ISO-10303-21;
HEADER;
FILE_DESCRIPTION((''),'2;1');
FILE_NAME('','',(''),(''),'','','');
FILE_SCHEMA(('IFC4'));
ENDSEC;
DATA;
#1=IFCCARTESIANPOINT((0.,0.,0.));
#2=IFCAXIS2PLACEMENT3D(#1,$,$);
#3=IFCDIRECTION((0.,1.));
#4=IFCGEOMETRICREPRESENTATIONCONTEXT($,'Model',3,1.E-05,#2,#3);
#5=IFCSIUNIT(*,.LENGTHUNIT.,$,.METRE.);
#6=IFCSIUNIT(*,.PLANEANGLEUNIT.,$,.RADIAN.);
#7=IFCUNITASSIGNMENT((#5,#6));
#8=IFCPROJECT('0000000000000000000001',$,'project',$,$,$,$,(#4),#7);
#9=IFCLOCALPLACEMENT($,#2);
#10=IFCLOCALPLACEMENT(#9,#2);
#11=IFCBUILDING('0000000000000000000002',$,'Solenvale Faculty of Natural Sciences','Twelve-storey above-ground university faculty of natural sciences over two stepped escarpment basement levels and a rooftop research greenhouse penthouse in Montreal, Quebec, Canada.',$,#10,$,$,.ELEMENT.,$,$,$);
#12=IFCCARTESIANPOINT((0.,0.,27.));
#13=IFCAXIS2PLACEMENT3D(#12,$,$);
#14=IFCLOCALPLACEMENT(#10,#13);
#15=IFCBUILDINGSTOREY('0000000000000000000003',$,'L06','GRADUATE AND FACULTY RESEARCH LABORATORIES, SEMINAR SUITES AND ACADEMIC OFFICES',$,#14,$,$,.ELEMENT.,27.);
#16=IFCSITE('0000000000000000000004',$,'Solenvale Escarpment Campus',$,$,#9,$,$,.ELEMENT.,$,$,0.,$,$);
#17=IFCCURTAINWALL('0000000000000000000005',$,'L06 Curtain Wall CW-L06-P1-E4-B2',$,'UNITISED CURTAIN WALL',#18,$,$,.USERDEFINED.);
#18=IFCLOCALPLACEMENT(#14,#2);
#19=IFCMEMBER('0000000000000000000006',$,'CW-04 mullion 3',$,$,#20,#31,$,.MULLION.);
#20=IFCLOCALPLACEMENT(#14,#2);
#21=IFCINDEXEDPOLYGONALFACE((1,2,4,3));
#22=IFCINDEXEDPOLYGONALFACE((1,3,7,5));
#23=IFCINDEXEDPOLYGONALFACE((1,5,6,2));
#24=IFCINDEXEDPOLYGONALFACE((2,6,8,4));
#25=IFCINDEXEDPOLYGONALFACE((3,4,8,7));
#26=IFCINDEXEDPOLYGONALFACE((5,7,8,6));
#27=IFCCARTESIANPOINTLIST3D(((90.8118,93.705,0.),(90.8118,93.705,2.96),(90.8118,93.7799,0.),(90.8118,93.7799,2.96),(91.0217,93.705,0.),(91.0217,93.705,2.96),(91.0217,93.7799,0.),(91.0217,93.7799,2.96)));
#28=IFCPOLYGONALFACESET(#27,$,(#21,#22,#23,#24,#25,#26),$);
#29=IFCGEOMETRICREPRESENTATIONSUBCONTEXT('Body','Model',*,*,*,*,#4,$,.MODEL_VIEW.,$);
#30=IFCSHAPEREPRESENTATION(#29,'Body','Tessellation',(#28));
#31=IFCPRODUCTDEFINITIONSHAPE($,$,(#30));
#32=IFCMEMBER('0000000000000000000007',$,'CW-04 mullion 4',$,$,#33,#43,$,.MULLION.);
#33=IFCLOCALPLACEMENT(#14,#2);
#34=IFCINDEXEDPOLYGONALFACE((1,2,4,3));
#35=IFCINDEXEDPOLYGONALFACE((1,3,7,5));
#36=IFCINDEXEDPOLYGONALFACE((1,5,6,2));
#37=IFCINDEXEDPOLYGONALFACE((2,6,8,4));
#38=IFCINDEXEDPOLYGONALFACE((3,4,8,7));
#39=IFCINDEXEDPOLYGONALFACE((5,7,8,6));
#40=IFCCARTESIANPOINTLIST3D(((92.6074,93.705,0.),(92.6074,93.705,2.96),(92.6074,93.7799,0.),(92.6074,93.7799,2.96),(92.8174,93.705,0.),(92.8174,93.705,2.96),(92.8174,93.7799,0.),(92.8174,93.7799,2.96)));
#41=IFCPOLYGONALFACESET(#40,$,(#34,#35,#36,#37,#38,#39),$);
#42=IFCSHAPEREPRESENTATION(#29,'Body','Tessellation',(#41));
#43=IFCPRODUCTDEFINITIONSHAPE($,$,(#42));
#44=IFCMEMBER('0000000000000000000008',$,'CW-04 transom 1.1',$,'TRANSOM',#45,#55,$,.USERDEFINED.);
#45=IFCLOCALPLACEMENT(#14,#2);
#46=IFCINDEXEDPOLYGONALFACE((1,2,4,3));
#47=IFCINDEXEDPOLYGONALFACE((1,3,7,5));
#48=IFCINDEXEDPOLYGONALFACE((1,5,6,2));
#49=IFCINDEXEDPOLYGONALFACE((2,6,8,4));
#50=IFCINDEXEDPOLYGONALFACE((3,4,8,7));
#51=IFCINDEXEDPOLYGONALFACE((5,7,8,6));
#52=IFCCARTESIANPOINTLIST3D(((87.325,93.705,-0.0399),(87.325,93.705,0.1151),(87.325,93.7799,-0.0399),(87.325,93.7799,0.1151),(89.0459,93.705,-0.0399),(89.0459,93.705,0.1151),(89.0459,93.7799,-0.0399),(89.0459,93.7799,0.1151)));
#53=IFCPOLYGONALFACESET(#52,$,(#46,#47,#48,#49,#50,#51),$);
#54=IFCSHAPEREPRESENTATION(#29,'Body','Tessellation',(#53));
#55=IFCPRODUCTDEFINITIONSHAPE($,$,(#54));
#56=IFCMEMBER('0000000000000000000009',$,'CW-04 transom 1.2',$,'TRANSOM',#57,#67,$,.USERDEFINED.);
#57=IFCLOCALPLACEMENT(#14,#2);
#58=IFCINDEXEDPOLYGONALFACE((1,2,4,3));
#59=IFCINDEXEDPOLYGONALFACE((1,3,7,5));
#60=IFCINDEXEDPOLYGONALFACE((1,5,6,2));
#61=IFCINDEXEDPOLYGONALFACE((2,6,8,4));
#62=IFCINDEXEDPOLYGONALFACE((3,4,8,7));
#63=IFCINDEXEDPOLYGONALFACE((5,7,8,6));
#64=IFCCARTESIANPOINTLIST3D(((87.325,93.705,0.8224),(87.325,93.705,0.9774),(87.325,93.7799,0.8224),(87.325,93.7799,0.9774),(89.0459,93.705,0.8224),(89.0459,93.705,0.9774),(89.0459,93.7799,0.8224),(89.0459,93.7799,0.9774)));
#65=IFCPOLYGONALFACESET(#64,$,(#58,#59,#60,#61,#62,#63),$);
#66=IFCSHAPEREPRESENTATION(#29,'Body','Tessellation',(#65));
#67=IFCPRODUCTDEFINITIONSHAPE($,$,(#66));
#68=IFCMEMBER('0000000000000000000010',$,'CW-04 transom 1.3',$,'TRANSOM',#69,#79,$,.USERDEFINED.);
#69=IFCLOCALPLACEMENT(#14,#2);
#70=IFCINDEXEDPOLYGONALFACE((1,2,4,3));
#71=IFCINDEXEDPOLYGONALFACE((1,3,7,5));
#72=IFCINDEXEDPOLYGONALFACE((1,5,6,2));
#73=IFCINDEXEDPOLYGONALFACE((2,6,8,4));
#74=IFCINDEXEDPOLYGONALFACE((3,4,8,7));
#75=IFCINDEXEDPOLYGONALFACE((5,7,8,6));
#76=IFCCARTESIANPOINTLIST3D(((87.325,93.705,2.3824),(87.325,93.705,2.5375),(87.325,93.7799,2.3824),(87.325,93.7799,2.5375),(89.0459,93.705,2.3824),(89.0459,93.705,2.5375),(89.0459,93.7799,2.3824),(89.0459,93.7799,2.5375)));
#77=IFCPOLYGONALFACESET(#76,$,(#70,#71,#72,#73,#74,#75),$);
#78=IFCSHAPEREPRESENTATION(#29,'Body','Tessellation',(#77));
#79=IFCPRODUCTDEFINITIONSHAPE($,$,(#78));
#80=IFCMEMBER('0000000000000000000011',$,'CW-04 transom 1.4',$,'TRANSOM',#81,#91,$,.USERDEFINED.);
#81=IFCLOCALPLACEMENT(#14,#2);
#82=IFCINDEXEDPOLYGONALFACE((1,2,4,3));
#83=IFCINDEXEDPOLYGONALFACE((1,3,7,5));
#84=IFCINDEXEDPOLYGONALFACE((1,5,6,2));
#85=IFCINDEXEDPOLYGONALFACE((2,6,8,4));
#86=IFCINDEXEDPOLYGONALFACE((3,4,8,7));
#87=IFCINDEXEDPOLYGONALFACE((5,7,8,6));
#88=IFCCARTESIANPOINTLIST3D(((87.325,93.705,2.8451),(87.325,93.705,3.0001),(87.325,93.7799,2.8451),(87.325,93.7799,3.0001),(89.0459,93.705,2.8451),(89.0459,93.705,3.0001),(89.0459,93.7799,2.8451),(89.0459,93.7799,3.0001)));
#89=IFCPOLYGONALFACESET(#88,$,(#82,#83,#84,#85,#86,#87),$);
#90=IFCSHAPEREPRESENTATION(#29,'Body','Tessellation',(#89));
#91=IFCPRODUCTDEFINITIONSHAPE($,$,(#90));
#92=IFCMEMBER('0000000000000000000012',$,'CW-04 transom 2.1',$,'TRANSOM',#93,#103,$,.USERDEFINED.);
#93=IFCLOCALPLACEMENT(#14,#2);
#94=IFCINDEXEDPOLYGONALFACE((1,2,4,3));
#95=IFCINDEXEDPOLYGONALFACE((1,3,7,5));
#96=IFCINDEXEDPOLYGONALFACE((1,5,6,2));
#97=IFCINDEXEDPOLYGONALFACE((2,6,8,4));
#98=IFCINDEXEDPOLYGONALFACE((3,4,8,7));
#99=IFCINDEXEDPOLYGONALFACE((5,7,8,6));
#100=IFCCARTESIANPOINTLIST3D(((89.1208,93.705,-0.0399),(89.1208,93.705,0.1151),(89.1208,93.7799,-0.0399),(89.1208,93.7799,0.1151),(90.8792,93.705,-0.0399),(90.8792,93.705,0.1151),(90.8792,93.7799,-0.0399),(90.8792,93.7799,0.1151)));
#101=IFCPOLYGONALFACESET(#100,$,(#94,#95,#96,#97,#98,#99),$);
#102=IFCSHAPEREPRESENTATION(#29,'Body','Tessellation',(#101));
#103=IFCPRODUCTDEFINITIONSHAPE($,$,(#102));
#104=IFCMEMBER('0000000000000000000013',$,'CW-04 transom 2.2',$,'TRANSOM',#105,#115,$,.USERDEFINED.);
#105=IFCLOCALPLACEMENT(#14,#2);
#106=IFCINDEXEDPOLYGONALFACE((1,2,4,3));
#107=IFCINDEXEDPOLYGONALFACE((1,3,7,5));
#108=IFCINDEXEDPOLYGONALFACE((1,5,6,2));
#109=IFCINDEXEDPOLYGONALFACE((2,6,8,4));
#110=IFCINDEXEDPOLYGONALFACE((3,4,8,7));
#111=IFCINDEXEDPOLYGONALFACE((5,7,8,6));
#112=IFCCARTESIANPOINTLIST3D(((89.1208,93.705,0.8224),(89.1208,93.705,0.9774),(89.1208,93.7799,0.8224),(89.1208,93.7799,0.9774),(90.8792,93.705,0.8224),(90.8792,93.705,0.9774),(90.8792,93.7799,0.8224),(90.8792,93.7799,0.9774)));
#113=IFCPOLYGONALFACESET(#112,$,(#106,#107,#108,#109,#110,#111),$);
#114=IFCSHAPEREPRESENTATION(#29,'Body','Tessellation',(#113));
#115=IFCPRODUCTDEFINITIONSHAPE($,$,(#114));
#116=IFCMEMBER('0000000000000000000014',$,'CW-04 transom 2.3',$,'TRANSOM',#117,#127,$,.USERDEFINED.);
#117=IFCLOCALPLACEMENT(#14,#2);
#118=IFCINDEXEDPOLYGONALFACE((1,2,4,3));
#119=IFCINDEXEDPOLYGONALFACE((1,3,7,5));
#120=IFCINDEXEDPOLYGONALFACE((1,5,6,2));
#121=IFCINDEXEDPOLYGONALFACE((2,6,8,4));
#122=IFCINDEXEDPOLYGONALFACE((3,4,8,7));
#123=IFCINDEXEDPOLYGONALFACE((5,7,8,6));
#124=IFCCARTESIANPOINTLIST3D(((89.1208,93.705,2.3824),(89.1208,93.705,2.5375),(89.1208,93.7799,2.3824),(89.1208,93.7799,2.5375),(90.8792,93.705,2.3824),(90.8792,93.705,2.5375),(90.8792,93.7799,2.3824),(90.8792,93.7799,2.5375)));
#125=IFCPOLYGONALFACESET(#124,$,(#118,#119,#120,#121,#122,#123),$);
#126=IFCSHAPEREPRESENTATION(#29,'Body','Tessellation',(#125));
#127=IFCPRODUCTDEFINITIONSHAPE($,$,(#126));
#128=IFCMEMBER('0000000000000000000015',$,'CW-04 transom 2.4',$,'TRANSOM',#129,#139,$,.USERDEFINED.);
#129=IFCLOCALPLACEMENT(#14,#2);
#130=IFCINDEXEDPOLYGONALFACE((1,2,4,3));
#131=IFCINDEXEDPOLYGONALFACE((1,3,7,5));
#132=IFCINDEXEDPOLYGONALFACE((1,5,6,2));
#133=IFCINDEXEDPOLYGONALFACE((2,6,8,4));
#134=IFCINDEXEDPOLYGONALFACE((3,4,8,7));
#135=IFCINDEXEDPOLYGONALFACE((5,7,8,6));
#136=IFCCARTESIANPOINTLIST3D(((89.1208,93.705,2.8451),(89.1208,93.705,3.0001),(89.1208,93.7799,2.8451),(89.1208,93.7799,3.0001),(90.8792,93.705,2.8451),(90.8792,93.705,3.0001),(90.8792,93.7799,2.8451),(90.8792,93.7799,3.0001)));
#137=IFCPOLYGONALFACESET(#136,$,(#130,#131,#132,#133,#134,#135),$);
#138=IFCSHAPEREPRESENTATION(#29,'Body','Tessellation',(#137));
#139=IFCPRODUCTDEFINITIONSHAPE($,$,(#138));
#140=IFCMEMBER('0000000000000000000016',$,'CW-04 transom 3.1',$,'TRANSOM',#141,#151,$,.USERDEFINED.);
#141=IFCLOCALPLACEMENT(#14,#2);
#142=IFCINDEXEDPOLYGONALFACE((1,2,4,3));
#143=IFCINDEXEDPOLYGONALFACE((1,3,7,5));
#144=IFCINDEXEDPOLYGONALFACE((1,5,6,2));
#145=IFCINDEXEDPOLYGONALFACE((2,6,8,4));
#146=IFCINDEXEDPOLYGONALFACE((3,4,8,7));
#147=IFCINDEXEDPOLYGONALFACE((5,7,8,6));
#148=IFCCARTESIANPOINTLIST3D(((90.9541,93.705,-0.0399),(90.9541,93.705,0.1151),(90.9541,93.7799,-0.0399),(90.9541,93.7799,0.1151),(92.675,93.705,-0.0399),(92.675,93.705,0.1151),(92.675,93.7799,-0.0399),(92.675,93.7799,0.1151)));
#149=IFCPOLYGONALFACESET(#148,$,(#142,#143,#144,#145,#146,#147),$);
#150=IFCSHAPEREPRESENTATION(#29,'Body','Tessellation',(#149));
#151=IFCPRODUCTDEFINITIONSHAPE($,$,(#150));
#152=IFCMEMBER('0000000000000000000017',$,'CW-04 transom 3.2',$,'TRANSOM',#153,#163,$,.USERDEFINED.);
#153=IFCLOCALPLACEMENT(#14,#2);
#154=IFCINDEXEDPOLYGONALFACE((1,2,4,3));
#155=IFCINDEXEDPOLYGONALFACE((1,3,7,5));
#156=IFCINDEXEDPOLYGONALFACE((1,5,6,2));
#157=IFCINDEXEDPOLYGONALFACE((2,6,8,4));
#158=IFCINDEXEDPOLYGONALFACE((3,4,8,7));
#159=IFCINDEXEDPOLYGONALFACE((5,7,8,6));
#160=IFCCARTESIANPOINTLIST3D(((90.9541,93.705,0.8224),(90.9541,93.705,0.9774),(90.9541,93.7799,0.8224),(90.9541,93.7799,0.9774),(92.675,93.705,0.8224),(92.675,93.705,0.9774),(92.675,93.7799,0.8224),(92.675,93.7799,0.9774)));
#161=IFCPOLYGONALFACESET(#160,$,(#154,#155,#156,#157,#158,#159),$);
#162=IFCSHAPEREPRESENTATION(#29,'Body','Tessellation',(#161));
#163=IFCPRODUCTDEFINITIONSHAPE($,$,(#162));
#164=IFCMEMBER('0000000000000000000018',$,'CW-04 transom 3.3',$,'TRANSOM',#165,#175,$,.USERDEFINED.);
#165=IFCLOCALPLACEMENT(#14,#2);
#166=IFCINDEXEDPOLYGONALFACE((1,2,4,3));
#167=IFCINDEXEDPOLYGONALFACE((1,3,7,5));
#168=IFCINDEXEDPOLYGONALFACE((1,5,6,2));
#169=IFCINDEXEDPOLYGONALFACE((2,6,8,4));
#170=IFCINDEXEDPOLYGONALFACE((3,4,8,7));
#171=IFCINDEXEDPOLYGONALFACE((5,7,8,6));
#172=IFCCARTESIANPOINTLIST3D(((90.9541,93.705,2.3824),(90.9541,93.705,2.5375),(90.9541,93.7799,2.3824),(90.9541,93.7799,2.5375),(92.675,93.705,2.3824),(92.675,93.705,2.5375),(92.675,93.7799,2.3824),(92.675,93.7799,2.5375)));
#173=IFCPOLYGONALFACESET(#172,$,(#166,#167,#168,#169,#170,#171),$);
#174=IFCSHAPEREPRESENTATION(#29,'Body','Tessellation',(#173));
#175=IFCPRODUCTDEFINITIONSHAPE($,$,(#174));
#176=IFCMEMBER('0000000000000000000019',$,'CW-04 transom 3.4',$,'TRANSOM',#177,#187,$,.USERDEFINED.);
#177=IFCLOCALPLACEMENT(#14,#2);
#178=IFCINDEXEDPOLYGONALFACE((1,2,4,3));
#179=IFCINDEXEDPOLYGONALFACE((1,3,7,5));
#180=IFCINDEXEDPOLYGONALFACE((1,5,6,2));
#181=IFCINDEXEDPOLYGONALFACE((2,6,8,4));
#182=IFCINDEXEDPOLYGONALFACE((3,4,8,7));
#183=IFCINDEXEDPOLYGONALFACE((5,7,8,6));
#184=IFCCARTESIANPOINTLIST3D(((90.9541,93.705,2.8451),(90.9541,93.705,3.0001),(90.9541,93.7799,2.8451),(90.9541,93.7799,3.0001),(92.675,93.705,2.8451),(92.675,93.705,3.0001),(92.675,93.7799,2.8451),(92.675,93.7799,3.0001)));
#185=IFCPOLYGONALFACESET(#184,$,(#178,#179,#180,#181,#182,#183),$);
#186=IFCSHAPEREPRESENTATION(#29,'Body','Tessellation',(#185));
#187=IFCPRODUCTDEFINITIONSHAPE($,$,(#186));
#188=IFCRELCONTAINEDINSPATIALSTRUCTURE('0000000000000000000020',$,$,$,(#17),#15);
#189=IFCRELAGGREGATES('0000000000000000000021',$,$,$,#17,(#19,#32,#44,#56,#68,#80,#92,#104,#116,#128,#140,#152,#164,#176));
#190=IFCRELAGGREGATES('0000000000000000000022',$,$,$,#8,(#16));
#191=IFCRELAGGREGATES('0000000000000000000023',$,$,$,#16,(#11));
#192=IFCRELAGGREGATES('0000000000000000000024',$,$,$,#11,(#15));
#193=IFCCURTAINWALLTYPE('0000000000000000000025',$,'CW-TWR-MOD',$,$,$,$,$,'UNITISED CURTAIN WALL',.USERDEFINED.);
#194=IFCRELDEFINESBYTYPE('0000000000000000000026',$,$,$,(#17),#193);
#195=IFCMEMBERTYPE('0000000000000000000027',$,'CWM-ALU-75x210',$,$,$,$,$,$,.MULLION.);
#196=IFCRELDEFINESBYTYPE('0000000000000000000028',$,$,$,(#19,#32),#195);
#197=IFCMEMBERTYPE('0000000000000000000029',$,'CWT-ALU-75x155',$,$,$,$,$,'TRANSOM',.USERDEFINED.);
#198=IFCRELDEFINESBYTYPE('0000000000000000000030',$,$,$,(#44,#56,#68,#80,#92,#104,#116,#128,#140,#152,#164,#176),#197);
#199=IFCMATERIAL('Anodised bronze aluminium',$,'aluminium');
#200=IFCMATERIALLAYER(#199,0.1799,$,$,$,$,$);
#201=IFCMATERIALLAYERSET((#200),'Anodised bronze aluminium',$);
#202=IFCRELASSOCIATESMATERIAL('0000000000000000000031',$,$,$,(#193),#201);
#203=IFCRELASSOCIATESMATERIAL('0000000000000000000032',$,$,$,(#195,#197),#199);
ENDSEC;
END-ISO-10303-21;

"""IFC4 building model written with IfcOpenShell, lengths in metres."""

from ifc_helpers import new_model, si_unit, direction, frame, origin, origin_2d, place, context, subcontext, project, spatial, rectangle, extrude, material, layer, layer_set, material_profile, profile_set, type_object, element, aggregate, save


model = new_model("IFC4")

# Units and contexts
model_context = context("Model", 3, precision=1e-05, world=origin(), true_north=direction((0.0, 1.0)))
body_context = subcontext(model_context, "Body", "Model", "MODEL_VIEW")
ifc_project = project(units=[si_unit("LENGTHUNIT", "METRE"), si_unit("PLANEANGLEUNIT", "RADIAN")], contexts=[model_context])

# Site, building, storey
site_placement = place(None, origin())
site = spatial("IfcSite", under=ifc_project, at=site_placement, Name="Solenvale Escarpment Campus", CompositionType="ELEMENT", RefElevation=0.0)
building_placement = place(site_placement, origin())
building = spatial("IfcBuilding", under=site, at=building_placement, Name="Solenvale Faculty of Natural Sciences", Description="Twelve-storey above-ground university faculty of natural sciences over two stepped escarpment basement levels and a rooftop research greenhouse penthouse in Montreal, Quebec, Canada.", CompositionType="ELEMENT")
storey_placement = place(building_placement, frame((0.0, 0.0, 27.0)))
storey = spatial("IfcBuildingStorey", under=building, at=storey_placement, Name="L06", Description="GRADUATE AND FACULTY RESEARCH LABORATORIES, SEMINAR SUITES AND ACADEMIC OFFICES", CompositionType="ELEMENT", Elevation=27.0)

# Shared definitions
ifc_material_1 = material(Name="Anodised bronze aluminium", Category="aluminium")
ifc_layer_1 = layer(ifc_material_1, 0.1799)
ifc_layer_set_1 = layer_set([ifc_layer_1], Name="Anodised bronze aluminium")
curtain_wall_type = type_object("IfcCurtainWallType", Name="CW-TWR-MOD", ElementType="UNITISED CURTAIN WALL", PredefinedType="USERDEFINED", material=ifc_layer_set_1)
ifc_material_profile_1 = material_profile(ifc_material_1, rectangle(XDim=0.075, YDim=0.21, at=origin_2d()), Name="ALU-MUL-75x210")
ifc_profile_set_1 = profile_set([ifc_material_profile_1], Name="Anodised bronze aluminium")
member_type_1 = type_object("IfcMemberType", Name="CWM-ALU-75x210", PredefinedType="MULLION", material=ifc_profile_set_1)

# Curtain wall, members
curtain_wall_1_placement = place(storey_placement, origin())
curtain_wall_1 = element("IfcCurtainWall", 1, at=curtain_wall_1_placement, inside=storey, type_object=curtain_wall_type, Name="L06 Curtain Wall CW-L06-P1-E4-B2", ObjectType="UNITISED CURTAIN WALL", PredefinedType="USERDEFINED")
member_1_placement = place(storey_placement, frame((90.9167, 93.7424, 0.0), z_axis=(0.0, 0.0, 1.0), x_axis=(0.0, 1.0, 0.0)))
member_1 = element("IfcMember", 2, at=member_1_placement, type_object=member_type_1, Name="CW-04 mullion 3", PredefinedType="MULLION", context=body_context, shape_type="SweptSolid", body=[
    extrude(rectangle(XDim=0.075, YDim=0.21, at=origin_2d()), origin(), (0.0, 0.0, 1.0), 2.96),
])
member_2_placement = place(storey_placement, frame((92.7124, 93.7424, 0.0), z_axis=(0.0, 0.0, 1.0), x_axis=(0.0, 1.0, 0.0)))
member_2 = element("IfcMember", 3, at=member_2_placement, type_object=member_type_1, Name="CW-04 mullion 4", PredefinedType="MULLION", context=body_context, shape_type="SweptSolid", body=[
    extrude(rectangle(XDim=0.075, YDim=0.21, at=origin_2d()), origin(), (0.0, 0.0, 1.0), 2.96),
])
ifc_material_profile_2 = material_profile(ifc_material_1, rectangle(XDim=0.075, YDim=0.155, at=origin_2d()), Name="ALU-TRN-75x155")
ifc_profile_set_2 = profile_set([ifc_material_profile_2], Name="Anodised bronze aluminium")
member_type_2 = type_object("IfcMemberType", Name="CWT-ALU-75x155", ElementType="TRANSOM", PredefinedType="USERDEFINED", material=ifc_profile_set_2)
member_3_placement = place(storey_placement, frame((87.325, 93.7424, 0.0376), z_axis=(1.0, 0.0, 0.0), x_axis=(0.0, 1.0, 0.0)))
member_3 = element("IfcMember", 4, at=member_3_placement, type_object=member_type_2, Name="CW-04 transom 1.1", ObjectType="TRANSOM", PredefinedType="USERDEFINED", context=body_context, shape_type="SweptSolid", body=[
    extrude(rectangle(XDim=0.075, YDim=0.155, at=origin_2d()), origin(), (0.0, 0.0, 1.0), 1.7209),
])
member_4_placement = place(storey_placement, frame((87.325, 93.7424, 0.8999), z_axis=(1.0, 0.0, 0.0), x_axis=(0.0, 1.0, 0.0)))
member_4 = element("IfcMember", 5, at=member_4_placement, type_object=member_type_2, Name="CW-04 transom 1.2", ObjectType="TRANSOM", PredefinedType="USERDEFINED", context=body_context, shape_type="SweptSolid", body=[
    extrude(rectangle(XDim=0.075, YDim=0.155, at=origin_2d()), origin(), (0.0, 0.0, 1.0), 1.7209),
])
member_5_placement = place(storey_placement, frame((87.325, 93.7424, 2.46), z_axis=(1.0, 0.0, 0.0), x_axis=(0.0, 1.0, 0.0)))
member_5 = element("IfcMember", 6, at=member_5_placement, type_object=member_type_2, Name="CW-04 transom 1.3", ObjectType="TRANSOM", PredefinedType="USERDEFINED", context=body_context, shape_type="SweptSolid", body=[
    extrude(rectangle(XDim=0.075, YDim=0.155, at=origin_2d()), origin(), (0.0, 0.0, 1.0), 1.7209),
])
member_6_placement = place(storey_placement, frame((87.325, 93.7424, 2.9226), z_axis=(1.0, 0.0, 0.0), x_axis=(0.0, 1.0, 0.0)))
member_6 = element("IfcMember", 7, at=member_6_placement, type_object=member_type_2, Name="CW-04 transom 1.4", ObjectType="TRANSOM", PredefinedType="USERDEFINED", context=body_context, shape_type="SweptSolid", body=[
    extrude(rectangle(XDim=0.075, YDim=0.155, at=origin_2d()), origin(), (0.0, 0.0, 1.0), 1.7209),
])
member_7_placement = place(storey_placement, frame((89.1208, 93.7424, 0.0376), z_axis=(1.0, 0.0, 0.0), x_axis=(0.0, 1.0, 0.0)))
member_7 = element("IfcMember", 8, at=member_7_placement, type_object=member_type_2, Name="CW-04 transom 2.1", ObjectType="TRANSOM", PredefinedType="USERDEFINED", context=body_context, shape_type="SweptSolid", body=[
    extrude(rectangle(XDim=0.075, YDim=0.155, at=origin_2d()), origin(), (0.0, 0.0, 1.0), 1.7583),
])
member_8_placement = place(storey_placement, frame((89.1208, 93.7424, 0.8999), z_axis=(1.0, 0.0, 0.0), x_axis=(0.0, 1.0, 0.0)))
member_8 = element("IfcMember", 9, at=member_8_placement, type_object=member_type_2, Name="CW-04 transom 2.2", ObjectType="TRANSOM", PredefinedType="USERDEFINED", context=body_context, shape_type="SweptSolid", body=[
    extrude(rectangle(XDim=0.075, YDim=0.155, at=origin_2d()), origin(), (0.0, 0.0, 1.0), 1.7583),
])
member_9_placement = place(storey_placement, frame((89.1208, 93.7424, 2.46), z_axis=(1.0, 0.0, 0.0), x_axis=(0.0, 1.0, 0.0)))
member_9 = element("IfcMember", 10, at=member_9_placement, type_object=member_type_2, Name="CW-04 transom 2.3", ObjectType="TRANSOM", PredefinedType="USERDEFINED", context=body_context, shape_type="SweptSolid", body=[
    extrude(rectangle(XDim=0.075, YDim=0.155, at=origin_2d()), origin(), (0.0, 0.0, 1.0), 1.7583),
])
member_10_placement = place(storey_placement, frame((89.1208, 93.7424, 2.9226), z_axis=(1.0, 0.0, 0.0), x_axis=(0.0, 1.0, 0.0)))
member_10 = element("IfcMember", 11, at=member_10_placement, type_object=member_type_2, Name="CW-04 transom 2.4", ObjectType="TRANSOM", PredefinedType="USERDEFINED", context=body_context, shape_type="SweptSolid", body=[
    extrude(rectangle(XDim=0.075, YDim=0.155, at=origin_2d()), origin(), (0.0, 0.0, 1.0), 1.7583),
])
member_11_placement = place(storey_placement, frame((90.9541, 93.7424, 0.0376), z_axis=(1.0, 0.0, 0.0), x_axis=(0.0, 1.0, 0.0)))
member_11 = element("IfcMember", 12, at=member_11_placement, type_object=member_type_2, Name="CW-04 transom 3.1", ObjectType="TRANSOM", PredefinedType="USERDEFINED", context=body_context, shape_type="SweptSolid", body=[
    extrude(rectangle(XDim=0.075, YDim=0.155, at=origin_2d()), origin(), (0.0, 0.0, 1.0), 1.7209),
])
member_12_placement = place(storey_placement, frame((90.9541, 93.7424, 0.8999), z_axis=(1.0, 0.0, 0.0), x_axis=(0.0, 1.0, 0.0)))
member_12 = element("IfcMember", 13, at=member_12_placement, type_object=member_type_2, Name="CW-04 transom 3.2", ObjectType="TRANSOM", PredefinedType="USERDEFINED", context=body_context, shape_type="SweptSolid", body=[
    extrude(rectangle(XDim=0.075, YDim=0.155, at=origin_2d()), origin(), (0.0, 0.0, 1.0), 1.7209),
])
member_13_placement = place(storey_placement, frame((90.9541, 93.7424, 2.46), z_axis=(1.0, 0.0, 0.0), x_axis=(0.0, 1.0, 0.0)))
member_13 = element("IfcMember", 14, at=member_13_placement, type_object=member_type_2, Name="CW-04 transom 3.3", ObjectType="TRANSOM", PredefinedType="USERDEFINED", context=body_context, shape_type="SweptSolid", body=[
    extrude(rectangle(XDim=0.075, YDim=0.155, at=origin_2d()), origin(), (0.0, 0.0, 1.0), 1.7209),
])
member_14_placement = place(storey_placement, frame((90.9541, 93.7424, 2.9226), z_axis=(1.0, 0.0, 0.0), x_axis=(0.0, 1.0, 0.0)))
member_14 = element("IfcMember", 15, at=member_14_placement, type_object=member_type_2, Name="CW-04 transom 3.4", ObjectType="TRANSOM", PredefinedType="USERDEFINED", context=body_context, shape_type="SweptSolid", body=[
    extrude(rectangle(XDim=0.075, YDim=0.155, at=origin_2d()), origin(), (0.0, 0.0, 1.0), 1.7209),
])
aggregate(curtain_wall_1, [member_1, member_2, member_3, member_4, member_5, member_6, member_7, member_8, member_9, member_10, member_11, member_12, member_13, member_14])

save(model, "model.ifc")
